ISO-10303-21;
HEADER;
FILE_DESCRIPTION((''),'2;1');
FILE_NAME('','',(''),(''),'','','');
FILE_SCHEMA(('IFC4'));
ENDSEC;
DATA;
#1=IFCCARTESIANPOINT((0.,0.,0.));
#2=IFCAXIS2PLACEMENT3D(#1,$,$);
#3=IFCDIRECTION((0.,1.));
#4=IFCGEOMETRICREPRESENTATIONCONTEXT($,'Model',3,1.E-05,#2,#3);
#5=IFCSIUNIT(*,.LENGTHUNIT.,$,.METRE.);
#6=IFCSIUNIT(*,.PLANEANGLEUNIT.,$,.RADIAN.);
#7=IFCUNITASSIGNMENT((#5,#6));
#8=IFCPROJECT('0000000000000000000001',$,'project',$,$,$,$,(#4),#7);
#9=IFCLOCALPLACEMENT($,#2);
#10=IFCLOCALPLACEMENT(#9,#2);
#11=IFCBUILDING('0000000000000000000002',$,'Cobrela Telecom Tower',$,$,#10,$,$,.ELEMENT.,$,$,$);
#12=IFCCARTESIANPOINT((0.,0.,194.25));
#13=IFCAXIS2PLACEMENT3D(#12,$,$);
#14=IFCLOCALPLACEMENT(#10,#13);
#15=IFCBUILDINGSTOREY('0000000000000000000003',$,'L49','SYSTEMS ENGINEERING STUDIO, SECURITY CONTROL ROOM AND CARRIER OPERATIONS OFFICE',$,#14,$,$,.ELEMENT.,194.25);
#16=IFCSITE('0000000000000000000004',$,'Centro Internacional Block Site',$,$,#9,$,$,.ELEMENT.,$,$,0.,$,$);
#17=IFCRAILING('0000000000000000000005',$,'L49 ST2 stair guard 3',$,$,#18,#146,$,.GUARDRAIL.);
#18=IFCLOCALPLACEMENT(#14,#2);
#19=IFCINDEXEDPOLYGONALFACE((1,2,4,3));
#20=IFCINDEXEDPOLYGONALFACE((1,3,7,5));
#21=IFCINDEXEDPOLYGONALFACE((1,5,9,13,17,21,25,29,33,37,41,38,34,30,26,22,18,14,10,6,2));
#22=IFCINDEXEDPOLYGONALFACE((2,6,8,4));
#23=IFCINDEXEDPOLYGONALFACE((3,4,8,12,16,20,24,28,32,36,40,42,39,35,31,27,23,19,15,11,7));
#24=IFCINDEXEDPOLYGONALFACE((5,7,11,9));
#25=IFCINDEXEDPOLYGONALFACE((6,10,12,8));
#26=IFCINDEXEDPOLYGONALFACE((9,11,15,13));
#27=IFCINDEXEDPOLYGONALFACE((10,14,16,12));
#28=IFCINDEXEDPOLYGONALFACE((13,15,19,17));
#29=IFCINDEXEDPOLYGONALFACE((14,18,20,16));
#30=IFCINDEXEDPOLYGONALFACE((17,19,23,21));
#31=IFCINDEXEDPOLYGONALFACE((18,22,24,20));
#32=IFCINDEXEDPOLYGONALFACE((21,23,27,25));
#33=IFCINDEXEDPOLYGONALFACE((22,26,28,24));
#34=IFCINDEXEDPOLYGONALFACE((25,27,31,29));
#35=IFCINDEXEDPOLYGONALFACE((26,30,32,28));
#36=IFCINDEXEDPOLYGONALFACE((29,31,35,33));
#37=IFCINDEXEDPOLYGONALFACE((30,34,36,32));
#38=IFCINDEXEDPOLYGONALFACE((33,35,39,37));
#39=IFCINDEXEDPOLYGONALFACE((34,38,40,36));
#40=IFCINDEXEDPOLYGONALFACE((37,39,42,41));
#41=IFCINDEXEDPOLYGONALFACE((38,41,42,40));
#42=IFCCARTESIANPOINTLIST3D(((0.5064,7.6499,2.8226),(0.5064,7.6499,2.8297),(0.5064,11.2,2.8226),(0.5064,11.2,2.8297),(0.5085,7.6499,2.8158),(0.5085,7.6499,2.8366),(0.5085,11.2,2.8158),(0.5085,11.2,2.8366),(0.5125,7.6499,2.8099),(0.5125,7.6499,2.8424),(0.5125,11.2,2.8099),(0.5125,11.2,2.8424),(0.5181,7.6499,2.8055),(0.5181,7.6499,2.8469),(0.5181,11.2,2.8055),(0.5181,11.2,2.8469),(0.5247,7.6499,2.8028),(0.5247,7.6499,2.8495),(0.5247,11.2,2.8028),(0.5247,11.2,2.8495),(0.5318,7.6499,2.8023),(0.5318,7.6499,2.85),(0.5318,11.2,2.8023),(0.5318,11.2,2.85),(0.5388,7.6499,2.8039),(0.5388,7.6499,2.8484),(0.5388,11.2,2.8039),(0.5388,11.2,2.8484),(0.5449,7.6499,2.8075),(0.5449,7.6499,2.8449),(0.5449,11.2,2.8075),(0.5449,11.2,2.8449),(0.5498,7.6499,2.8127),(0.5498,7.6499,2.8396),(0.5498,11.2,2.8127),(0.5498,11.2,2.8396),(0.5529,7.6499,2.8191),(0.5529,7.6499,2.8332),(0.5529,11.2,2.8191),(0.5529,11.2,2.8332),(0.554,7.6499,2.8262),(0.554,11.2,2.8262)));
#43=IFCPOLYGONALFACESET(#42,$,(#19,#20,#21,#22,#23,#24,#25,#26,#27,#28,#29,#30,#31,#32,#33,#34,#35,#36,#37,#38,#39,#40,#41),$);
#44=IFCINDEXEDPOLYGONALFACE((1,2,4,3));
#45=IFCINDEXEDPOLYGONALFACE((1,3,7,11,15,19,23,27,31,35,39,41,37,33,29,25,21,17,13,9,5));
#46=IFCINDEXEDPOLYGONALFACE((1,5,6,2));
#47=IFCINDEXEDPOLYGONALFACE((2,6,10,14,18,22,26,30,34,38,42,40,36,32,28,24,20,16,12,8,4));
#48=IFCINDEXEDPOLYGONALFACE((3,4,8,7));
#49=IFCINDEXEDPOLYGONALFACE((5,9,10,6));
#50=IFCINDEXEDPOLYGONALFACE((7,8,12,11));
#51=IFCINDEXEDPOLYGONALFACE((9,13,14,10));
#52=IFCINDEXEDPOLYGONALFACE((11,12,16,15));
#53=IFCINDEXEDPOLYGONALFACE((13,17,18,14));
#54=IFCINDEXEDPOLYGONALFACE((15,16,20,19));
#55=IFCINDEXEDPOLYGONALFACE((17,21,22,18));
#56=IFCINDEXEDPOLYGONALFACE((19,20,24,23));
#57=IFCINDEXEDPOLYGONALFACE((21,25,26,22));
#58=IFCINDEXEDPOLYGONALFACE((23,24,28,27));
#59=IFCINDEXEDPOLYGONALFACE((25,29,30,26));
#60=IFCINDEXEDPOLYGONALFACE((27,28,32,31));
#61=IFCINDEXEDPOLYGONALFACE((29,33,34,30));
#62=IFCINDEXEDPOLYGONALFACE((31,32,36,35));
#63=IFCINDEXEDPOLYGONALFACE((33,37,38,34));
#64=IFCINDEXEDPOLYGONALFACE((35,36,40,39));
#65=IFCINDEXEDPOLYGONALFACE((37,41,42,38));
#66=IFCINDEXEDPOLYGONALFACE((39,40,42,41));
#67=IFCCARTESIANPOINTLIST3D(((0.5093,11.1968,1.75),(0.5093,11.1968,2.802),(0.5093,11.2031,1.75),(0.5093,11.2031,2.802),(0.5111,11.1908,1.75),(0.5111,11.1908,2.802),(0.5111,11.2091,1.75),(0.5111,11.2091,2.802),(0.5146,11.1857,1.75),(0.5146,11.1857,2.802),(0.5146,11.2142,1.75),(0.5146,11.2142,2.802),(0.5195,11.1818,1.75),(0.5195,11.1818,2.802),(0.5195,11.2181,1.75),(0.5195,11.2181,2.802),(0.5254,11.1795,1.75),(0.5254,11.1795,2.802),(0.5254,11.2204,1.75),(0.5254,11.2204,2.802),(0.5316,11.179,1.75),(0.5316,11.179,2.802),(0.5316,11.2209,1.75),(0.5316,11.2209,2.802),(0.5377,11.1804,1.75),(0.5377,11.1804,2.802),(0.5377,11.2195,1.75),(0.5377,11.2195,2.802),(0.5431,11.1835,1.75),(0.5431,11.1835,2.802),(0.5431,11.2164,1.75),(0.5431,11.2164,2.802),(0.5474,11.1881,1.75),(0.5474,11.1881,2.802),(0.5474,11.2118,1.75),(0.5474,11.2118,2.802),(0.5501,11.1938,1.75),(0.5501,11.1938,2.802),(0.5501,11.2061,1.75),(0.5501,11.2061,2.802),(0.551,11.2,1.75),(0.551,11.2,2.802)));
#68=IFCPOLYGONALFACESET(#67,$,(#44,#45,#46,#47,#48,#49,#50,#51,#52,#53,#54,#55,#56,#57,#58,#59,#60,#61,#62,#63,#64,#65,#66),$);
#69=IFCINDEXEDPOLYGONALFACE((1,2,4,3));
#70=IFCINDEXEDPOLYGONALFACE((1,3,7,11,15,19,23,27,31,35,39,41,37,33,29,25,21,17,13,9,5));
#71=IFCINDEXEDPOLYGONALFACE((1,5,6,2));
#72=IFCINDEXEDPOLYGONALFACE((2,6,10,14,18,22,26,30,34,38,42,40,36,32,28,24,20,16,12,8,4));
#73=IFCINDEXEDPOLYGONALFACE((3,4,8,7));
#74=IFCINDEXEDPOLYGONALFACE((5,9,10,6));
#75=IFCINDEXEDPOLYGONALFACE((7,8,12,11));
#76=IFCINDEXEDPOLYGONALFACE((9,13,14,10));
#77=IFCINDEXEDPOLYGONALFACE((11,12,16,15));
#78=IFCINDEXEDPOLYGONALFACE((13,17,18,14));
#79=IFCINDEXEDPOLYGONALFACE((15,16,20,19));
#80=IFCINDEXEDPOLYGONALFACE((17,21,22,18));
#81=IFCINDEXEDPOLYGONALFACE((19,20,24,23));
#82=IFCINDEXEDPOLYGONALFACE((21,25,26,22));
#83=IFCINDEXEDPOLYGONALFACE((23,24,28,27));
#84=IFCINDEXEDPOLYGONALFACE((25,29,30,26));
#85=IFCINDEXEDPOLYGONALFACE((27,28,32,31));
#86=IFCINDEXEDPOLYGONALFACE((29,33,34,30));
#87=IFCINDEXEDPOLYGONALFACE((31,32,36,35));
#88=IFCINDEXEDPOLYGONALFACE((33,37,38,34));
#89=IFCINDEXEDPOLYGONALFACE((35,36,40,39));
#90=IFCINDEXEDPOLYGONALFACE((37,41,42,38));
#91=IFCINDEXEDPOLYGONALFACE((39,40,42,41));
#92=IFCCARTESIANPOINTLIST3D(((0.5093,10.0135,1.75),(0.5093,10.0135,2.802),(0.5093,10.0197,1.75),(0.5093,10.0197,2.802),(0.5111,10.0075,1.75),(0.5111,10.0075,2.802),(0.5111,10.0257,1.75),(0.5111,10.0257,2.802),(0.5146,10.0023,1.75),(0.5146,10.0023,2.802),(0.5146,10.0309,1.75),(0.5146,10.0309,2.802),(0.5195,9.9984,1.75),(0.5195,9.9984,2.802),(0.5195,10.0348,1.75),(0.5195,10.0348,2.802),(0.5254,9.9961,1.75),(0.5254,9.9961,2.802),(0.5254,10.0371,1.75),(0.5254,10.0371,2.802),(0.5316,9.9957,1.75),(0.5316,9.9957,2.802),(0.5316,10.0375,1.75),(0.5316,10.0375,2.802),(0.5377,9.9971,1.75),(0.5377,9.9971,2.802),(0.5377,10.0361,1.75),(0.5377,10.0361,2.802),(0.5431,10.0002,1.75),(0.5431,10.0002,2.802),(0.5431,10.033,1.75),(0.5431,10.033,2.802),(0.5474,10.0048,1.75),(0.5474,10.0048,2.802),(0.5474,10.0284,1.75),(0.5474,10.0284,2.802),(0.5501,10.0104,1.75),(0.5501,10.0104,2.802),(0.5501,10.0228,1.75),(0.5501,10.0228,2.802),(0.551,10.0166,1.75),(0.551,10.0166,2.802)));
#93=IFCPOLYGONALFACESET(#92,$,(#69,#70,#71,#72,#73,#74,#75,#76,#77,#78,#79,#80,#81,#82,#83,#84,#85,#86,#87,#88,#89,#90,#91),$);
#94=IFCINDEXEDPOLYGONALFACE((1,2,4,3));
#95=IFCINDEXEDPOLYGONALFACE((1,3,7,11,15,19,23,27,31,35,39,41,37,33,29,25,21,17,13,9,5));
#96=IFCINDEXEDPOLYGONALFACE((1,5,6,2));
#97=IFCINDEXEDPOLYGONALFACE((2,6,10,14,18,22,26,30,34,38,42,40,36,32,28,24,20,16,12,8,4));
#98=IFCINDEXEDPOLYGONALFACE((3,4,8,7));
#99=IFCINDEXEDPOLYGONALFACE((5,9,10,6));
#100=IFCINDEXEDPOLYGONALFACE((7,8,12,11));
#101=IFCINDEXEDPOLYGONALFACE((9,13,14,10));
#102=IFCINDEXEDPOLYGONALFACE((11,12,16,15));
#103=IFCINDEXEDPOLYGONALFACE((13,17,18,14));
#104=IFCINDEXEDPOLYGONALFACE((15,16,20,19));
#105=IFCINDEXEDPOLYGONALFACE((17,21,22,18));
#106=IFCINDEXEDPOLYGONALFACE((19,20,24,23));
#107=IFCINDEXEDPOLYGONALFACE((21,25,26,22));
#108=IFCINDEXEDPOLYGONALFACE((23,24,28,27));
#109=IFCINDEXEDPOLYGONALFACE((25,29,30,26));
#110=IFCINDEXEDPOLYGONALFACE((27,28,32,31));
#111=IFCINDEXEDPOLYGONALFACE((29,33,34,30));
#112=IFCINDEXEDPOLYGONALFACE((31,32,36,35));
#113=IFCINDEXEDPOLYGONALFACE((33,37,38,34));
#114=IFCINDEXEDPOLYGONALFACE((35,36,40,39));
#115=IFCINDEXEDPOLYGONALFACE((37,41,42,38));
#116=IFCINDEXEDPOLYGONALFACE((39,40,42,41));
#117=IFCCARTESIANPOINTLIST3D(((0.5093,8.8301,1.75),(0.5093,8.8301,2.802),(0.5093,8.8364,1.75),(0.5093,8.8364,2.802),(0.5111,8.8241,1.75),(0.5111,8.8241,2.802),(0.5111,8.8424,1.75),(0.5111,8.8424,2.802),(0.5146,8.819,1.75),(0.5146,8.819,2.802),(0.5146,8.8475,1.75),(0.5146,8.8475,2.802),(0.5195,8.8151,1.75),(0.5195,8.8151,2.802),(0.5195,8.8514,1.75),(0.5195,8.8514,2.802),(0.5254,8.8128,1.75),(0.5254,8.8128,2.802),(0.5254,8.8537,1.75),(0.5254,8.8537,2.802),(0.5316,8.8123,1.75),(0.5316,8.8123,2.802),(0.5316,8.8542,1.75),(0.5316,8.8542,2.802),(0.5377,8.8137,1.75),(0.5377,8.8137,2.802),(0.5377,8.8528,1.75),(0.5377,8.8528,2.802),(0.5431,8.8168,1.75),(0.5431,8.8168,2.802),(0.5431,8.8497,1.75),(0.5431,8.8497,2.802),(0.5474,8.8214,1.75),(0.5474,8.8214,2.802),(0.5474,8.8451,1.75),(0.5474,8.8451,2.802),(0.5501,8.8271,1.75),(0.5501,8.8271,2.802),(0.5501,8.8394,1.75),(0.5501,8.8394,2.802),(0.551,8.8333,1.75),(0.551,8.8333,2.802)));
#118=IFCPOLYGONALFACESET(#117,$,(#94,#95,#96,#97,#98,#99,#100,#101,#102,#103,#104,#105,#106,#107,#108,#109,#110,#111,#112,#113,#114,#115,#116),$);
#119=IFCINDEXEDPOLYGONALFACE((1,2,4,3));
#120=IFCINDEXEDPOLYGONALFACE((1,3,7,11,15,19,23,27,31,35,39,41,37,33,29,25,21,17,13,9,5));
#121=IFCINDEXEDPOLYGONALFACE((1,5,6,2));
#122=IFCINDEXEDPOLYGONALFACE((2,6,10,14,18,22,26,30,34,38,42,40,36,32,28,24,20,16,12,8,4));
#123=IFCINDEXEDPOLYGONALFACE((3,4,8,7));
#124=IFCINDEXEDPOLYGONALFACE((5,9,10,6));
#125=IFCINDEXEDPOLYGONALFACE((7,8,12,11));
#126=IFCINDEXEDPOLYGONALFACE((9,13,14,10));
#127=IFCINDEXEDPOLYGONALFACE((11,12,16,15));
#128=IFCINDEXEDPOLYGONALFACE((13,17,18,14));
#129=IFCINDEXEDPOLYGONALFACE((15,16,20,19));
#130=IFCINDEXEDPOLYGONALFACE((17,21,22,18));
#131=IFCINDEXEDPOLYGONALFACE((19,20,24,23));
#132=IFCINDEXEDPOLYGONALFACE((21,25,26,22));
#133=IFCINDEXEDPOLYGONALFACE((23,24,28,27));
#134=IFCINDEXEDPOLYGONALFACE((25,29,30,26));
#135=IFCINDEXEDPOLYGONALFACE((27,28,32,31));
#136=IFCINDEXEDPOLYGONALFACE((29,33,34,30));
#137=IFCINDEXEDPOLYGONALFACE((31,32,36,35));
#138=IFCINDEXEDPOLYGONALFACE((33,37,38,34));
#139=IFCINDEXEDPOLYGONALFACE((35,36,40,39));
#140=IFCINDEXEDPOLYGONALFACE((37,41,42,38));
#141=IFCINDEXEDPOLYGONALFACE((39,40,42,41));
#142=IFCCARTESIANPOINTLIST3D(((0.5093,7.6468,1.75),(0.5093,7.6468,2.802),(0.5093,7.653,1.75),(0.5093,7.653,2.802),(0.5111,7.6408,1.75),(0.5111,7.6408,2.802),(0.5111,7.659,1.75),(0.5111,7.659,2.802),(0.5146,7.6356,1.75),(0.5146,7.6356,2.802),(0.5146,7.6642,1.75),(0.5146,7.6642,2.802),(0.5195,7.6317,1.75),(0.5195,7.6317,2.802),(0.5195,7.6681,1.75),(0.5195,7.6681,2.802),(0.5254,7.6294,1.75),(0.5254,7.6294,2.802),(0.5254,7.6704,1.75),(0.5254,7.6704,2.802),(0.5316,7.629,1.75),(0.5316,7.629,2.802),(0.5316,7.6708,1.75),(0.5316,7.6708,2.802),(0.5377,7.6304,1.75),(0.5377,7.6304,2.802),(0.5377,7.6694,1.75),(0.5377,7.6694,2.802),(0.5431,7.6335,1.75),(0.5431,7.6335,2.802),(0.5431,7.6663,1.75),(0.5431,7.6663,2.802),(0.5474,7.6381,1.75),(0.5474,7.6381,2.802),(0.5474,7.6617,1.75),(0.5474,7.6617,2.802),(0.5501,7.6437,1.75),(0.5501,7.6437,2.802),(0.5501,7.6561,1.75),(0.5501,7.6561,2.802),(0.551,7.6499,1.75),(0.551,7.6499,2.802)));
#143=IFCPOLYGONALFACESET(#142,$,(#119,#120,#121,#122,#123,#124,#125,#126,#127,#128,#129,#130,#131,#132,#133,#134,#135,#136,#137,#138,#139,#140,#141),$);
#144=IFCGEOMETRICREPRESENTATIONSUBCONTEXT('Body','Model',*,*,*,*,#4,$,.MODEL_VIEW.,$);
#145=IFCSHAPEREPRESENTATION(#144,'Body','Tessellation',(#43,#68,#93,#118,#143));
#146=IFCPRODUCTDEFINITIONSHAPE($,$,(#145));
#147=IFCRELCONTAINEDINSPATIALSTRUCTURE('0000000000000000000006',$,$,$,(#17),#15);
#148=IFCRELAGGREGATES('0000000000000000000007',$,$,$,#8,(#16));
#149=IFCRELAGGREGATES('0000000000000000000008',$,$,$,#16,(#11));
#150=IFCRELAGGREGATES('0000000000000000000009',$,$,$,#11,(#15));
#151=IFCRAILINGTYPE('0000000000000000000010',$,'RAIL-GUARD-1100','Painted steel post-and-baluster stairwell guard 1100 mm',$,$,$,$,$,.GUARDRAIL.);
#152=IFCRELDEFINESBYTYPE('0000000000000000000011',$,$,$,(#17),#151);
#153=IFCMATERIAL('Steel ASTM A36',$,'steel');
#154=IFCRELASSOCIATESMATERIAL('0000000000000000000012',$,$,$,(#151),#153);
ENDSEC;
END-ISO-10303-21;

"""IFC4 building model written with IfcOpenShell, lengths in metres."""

from ifc_helpers import new_model, si_unit, direction, frame, origin, origin_2d, place, context, subcontext, project, spatial, circle, extrude, material, type_object, element, save


model = new_model("IFC4")

# Units and contexts
model_context = context("Model", 3, precision=1e-05, world=origin(), true_north=direction((0.0, 1.0)))
body_context = subcontext(model_context, "Body", "Model", "MODEL_VIEW")
ifc_project = project(units=[si_unit("LENGTHUNIT", "METRE"), si_unit("PLANEANGLEUNIT", "RADIAN")], contexts=[model_context])

# Site, building, storey
site_placement = place(None, origin())
site = spatial("IfcSite", under=ifc_project, at=site_placement, Name="Centro Internacional Block Site", CompositionType="ELEMENT", RefElevation=0.0)
building_placement = place(site_placement, origin())
building = spatial("IfcBuilding", under=site, at=building_placement, Name="Cobrela Telecom Tower", CompositionType="ELEMENT")
storey_placement = place(building_placement, frame((0.0, 0.0, 194.25)))
storey = spatial("IfcBuildingStorey", under=building, at=storey_placement, Name="L49", Description="SYSTEMS ENGINEERING STUDIO, SECURITY CONTROL ROOM AND CARRIER OPERATIONS OFFICE", CompositionType="ELEMENT", Elevation=194.25)

# Shared definitions
ifc_material_1 = material(Name="Steel ASTM A36", Category="steel")

# Railing
railing_type = type_object("IfcRailingType", Name="RAIL-GUARD-1100", Description="Painted steel post-and-baluster stairwell guard 1100 mm", PredefinedType="GUARDRAIL", material=ifc_material_1)
railing_1_placement = place(storey_placement, frame((0.53, 11.2, 1.75)))
element("IfcRailing", 1, at=railing_1_placement, inside=storey, type_object=railing_type, Name="L49 ST2 stair guard 3", PredefinedType="GUARDRAIL", context=body_context, shape_type="SweptSolid", body=[
    extrude(circle(Radius=0.0239, at=origin_2d()), frame((0.0, 0.0, 1.0762), z_axis=(0.0, -1.0, 0.0), x_axis=(1.0, 0.0, 0.0)), (0.0, 0.0, 1.0), 3.55),
    extrude(circle(Radius=0.021, at=origin_2d()), origin(), (0.0, 0.0, 1.0), 1.052),
    extrude(circle(Radius=0.021, at=origin_2d()), frame((0.0, -1.1833, 0.0)), (0.0, 0.0, 1.0), 1.052),
    extrude(circle(Radius=0.021, at=origin_2d()), frame((0.0, -2.3667, 0.0)), (0.0, 0.0, 1.0), 1.052),
    extrude(circle(Radius=0.021, at=origin_2d()), frame((0.0, -3.55, 0.0)), (0.0, 0.0, 1.0), 1.052),
])

save(model, "model.ifc")
